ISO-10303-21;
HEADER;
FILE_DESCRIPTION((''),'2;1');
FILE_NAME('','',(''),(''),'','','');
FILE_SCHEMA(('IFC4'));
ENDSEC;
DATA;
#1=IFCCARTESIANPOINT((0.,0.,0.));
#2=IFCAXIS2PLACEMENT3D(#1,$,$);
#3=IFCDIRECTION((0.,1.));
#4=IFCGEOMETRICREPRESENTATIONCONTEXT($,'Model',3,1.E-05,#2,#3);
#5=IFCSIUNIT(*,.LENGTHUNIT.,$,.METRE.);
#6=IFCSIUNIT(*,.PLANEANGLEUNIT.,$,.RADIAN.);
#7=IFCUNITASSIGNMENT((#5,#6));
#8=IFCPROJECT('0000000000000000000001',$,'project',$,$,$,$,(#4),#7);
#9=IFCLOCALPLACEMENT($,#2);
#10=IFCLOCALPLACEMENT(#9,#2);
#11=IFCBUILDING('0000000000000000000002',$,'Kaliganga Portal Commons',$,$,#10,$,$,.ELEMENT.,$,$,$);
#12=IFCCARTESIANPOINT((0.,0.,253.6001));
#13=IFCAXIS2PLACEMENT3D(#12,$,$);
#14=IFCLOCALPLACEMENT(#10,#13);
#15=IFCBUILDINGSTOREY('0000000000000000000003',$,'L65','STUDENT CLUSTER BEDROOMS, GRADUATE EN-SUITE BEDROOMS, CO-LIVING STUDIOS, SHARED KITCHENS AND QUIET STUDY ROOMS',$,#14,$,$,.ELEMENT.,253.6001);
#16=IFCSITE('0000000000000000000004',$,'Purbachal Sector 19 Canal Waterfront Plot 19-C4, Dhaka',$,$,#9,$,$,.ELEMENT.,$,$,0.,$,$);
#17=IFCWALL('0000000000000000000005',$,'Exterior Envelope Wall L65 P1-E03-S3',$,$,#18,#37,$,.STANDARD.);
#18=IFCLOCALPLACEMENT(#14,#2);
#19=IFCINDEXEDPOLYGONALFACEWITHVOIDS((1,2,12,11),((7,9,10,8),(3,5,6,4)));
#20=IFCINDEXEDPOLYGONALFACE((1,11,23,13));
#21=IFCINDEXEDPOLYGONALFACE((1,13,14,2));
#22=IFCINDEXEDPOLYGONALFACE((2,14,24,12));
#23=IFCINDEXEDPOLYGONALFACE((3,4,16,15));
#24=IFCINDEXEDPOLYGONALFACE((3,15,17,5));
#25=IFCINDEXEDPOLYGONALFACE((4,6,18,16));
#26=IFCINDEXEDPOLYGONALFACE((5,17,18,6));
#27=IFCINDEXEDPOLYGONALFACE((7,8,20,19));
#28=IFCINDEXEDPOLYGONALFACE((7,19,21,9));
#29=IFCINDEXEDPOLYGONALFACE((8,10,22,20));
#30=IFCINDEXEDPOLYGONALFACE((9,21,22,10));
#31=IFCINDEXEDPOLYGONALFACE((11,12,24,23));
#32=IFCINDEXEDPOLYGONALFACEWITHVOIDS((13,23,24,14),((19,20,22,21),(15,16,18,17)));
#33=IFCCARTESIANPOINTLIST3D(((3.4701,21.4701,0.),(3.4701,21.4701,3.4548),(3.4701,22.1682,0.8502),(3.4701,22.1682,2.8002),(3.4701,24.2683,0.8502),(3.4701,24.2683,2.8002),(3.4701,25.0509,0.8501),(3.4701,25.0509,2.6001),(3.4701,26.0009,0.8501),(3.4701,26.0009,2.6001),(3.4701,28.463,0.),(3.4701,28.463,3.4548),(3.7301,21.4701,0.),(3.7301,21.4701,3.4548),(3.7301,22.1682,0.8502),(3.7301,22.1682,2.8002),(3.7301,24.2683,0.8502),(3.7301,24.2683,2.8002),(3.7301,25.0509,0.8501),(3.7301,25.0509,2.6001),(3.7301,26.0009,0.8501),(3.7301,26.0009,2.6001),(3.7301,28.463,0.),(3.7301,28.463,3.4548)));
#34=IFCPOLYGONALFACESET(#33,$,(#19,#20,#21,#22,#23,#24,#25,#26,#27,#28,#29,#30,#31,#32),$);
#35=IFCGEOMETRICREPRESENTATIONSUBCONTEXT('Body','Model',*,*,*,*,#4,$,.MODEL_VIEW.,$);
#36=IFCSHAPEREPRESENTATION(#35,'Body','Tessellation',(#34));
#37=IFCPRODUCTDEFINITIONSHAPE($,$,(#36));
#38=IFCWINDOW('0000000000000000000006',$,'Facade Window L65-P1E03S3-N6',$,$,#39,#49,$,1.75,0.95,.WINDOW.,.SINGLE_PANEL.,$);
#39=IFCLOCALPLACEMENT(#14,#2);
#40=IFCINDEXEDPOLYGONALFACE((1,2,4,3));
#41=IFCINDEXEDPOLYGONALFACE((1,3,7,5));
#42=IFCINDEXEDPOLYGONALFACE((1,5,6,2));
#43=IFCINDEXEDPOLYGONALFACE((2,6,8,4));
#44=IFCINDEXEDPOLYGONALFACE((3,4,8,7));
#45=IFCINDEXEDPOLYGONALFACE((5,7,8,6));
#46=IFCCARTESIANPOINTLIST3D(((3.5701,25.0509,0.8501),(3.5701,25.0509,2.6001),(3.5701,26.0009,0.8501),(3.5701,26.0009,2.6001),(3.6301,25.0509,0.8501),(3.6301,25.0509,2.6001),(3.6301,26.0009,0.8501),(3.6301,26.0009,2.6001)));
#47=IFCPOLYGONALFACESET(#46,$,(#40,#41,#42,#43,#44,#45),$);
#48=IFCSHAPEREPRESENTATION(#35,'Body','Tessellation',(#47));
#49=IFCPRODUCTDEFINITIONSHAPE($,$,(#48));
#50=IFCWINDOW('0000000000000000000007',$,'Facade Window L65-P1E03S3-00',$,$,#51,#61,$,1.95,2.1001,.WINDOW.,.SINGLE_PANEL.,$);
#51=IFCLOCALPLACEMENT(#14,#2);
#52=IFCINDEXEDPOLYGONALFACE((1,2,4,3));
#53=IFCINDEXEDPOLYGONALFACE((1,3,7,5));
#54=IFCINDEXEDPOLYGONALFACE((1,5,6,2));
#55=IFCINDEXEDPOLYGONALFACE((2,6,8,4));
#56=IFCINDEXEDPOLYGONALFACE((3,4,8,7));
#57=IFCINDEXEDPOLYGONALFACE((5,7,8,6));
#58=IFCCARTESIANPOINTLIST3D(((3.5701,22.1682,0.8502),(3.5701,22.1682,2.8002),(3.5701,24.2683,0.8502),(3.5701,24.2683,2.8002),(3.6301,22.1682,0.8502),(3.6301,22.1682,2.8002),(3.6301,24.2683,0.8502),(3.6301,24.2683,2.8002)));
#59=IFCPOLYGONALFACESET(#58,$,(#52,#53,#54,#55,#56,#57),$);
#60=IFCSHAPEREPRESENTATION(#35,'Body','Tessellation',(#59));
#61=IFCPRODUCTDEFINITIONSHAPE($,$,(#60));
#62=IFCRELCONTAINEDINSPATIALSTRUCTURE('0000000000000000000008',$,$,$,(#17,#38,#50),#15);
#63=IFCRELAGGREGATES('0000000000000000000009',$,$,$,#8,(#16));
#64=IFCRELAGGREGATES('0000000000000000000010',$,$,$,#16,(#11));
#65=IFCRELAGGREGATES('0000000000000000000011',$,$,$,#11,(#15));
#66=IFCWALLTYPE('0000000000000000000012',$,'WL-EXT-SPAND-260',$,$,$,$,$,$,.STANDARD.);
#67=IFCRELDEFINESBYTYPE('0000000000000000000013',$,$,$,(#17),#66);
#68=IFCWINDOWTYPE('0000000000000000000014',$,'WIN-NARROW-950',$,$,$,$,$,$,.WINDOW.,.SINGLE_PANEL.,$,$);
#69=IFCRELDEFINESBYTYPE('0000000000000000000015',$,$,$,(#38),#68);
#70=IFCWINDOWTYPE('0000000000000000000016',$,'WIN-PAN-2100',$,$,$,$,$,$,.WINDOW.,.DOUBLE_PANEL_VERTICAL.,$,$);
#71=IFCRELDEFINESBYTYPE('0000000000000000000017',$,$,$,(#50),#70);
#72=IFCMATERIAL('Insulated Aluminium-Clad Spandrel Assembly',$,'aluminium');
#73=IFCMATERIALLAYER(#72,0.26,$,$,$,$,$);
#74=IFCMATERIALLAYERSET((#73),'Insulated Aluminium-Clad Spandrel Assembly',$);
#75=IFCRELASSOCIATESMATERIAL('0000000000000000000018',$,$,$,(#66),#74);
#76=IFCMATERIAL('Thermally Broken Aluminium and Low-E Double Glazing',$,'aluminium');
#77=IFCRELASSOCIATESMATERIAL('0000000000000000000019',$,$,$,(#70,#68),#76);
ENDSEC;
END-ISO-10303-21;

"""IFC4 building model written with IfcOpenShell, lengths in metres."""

from ifc_helpers import new_model, si_unit, direction, frame, frame_2d, origin, place, context, subcontext, project, spatial, rectangle, extrude, material, layer, layer_set, type_object, element, fill, save


model = new_model("IFC4")

# Units and contexts
model_context = context("Model", 3, precision=1e-05, world=origin(), true_north=direction((0.0, 1.0)))
body_context = subcontext(model_context, "Body", "Model", "MODEL_VIEW")
ifc_project = project(units=[si_unit("LENGTHUNIT", "METRE"), si_unit("PLANEANGLEUNIT", "RADIAN")], contexts=[model_context])

# Site, building, storey
site_placement = place(None, origin())
site = spatial("IfcSite", under=ifc_project, at=site_placement, Name="Purbachal Sector 19 Canal Waterfront Plot 19-C4, Dhaka", CompositionType="ELEMENT", RefElevation=0.0)
building_placement = place(site_placement, origin())
building = spatial("IfcBuilding", under=site, at=building_placement, Name="Kaliganga Portal Commons", CompositionType="ELEMENT")
storey_placement = place(building_placement, frame((0.0, 0.0, 253.6001)))
storey = spatial("IfcBuildingStorey", under=building, at=storey_placement, Name="L65", Description="STUDENT CLUSTER BEDROOMS, GRADUATE EN-SUITE BEDROOMS, CO-LIVING STUDIOS, SHARED KITCHENS AND QUIET STUDY ROOMS", CompositionType="ELEMENT", Elevation=253.6001)

# Shared definitions
ifc_material_1 = material(Name="Insulated Aluminium-Clad Spandrel Assembly", Category="aluminium")
ifc_layer_1 = layer(ifc_material_1, 0.26)
ifc_layer_set_1 = layer_set([ifc_layer_1], Name="Insulated Aluminium-Clad Spandrel Assembly")
wall_type = type_object("IfcWallType", Name="WL-EXT-SPAND-260", PredefinedType="STANDARD", material=ifc_layer_set_1)
ifc_material_2 = material(Name="Thermally Broken Aluminium and Low-E Double Glazing", Category="aluminium")
window_type_1 = type_object("IfcWindowType", Name="WIN-PAN-2100", PartitioningType="DOUBLE_PANEL_VERTICAL", PredefinedType="WINDOW", material=ifc_material_2)

# Wall, openings, windows
wall_1_placement = place(storey_placement, frame((3.6001, 21.47, 0.0), z_axis=(0.0, 0.0, 1.0), x_axis=(0.0, 1.0, 0.0)))
wall_1 = element("IfcWall", 1, at=wall_1_placement, inside=storey, type_object=wall_type, Name="Exterior Envelope Wall L65 P1-E03-S3", PredefinedType="STANDARD", context=body_context, shape_type="SweptSolid", body=[
    extrude(rectangle(XDim=6.9929, YDim=0.26, at=frame_2d((3.4966, 0.0))), origin(), (0.0, 0.0, 1.0), 3.4548),
])
opening_1_placement = place(wall_1_placement, frame((0.6982, 0.0, 0.8501)))
opening_1 = element("IfcOpeningElement", 2, at=opening_1_placement, cuts=wall_1, PredefinedType="OPENING", context=body_context, shape_type="SweptSolid", body=[
    extrude(rectangle(XDim=2.1001, YDim=1.95, at=frame_2d((1.05, 0.9751))), frame((0.0, 0.1401, 0.0), z_axis=(0.0, -1.0, 0.0), x_axis=(1.0, 0.0, 0.0)), (0.0, 0.0, 1.0), 0.28),
])
opening_2_placement = place(wall_1_placement, frame((3.5808, 0.0, 0.8501)))
opening_2 = element("IfcOpeningElement", 3, at=opening_2_placement, cuts=wall_1, PredefinedType="OPENING", context=body_context, shape_type="SweptSolid", body=[
    extrude(rectangle(XDim=0.95, YDim=1.75, at=frame_2d((0.4751, 0.875))), frame((0.0, 0.1401, 0.0), z_axis=(0.0, -1.0, 0.0), x_axis=(1.0, 0.0, 0.0)), (0.0, 0.0, 1.0), 0.28),
])
window_type_2 = type_object("IfcWindowType", Name="WIN-NARROW-950", PartitioningType="SINGLE_PANEL", PredefinedType="WINDOW", material=ifc_material_2)
window_1_placement = place(opening_2_placement, origin())
window_1 = element("IfcWindow", 4, at=window_1_placement, inside=storey, type_object=window_type_2, Name="Facade Window L65-P1E03S3-N6", OverallHeight=1.75, OverallWidth=0.95, PartitioningType="SINGLE_PANEL", PredefinedType="WINDOW", context=body_context, shape_type="SweptSolid", body=[
    extrude(rectangle(XDim=0.95, YDim=1.75, at=frame_2d((0.4751, 0.875))), frame((0.0, 0.03, 0.0), z_axis=(0.0, -1.0, 0.0), x_axis=(1.0, 0.0, 0.0)), (0.0, 0.0, 1.0), 0.0601),
])
fill(opening_2, window_1)
window_2_placement = place(opening_1_placement, origin())
window_2 = element("IfcWindow", 5, at=window_2_placement, inside=storey, type_object=window_type_1, Name="Facade Window L65-P1E03S3-00", OverallHeight=1.95, OverallWidth=2.1001, PartitioningType="SINGLE_PANEL", PredefinedType="WINDOW", context=body_context, shape_type="SweptSolid", body=[
    extrude(rectangle(XDim=2.1001, YDim=1.95, at=frame_2d((1.05, 0.9751))), frame((0.0, 0.03, 0.0), z_axis=(0.0, -1.0, 0.0), x_axis=(1.0, 0.0, 0.0)), (0.0, 0.0, 1.0), 0.0601),
])
fill(opening_1, window_2)

save(model, "model.ifc")
